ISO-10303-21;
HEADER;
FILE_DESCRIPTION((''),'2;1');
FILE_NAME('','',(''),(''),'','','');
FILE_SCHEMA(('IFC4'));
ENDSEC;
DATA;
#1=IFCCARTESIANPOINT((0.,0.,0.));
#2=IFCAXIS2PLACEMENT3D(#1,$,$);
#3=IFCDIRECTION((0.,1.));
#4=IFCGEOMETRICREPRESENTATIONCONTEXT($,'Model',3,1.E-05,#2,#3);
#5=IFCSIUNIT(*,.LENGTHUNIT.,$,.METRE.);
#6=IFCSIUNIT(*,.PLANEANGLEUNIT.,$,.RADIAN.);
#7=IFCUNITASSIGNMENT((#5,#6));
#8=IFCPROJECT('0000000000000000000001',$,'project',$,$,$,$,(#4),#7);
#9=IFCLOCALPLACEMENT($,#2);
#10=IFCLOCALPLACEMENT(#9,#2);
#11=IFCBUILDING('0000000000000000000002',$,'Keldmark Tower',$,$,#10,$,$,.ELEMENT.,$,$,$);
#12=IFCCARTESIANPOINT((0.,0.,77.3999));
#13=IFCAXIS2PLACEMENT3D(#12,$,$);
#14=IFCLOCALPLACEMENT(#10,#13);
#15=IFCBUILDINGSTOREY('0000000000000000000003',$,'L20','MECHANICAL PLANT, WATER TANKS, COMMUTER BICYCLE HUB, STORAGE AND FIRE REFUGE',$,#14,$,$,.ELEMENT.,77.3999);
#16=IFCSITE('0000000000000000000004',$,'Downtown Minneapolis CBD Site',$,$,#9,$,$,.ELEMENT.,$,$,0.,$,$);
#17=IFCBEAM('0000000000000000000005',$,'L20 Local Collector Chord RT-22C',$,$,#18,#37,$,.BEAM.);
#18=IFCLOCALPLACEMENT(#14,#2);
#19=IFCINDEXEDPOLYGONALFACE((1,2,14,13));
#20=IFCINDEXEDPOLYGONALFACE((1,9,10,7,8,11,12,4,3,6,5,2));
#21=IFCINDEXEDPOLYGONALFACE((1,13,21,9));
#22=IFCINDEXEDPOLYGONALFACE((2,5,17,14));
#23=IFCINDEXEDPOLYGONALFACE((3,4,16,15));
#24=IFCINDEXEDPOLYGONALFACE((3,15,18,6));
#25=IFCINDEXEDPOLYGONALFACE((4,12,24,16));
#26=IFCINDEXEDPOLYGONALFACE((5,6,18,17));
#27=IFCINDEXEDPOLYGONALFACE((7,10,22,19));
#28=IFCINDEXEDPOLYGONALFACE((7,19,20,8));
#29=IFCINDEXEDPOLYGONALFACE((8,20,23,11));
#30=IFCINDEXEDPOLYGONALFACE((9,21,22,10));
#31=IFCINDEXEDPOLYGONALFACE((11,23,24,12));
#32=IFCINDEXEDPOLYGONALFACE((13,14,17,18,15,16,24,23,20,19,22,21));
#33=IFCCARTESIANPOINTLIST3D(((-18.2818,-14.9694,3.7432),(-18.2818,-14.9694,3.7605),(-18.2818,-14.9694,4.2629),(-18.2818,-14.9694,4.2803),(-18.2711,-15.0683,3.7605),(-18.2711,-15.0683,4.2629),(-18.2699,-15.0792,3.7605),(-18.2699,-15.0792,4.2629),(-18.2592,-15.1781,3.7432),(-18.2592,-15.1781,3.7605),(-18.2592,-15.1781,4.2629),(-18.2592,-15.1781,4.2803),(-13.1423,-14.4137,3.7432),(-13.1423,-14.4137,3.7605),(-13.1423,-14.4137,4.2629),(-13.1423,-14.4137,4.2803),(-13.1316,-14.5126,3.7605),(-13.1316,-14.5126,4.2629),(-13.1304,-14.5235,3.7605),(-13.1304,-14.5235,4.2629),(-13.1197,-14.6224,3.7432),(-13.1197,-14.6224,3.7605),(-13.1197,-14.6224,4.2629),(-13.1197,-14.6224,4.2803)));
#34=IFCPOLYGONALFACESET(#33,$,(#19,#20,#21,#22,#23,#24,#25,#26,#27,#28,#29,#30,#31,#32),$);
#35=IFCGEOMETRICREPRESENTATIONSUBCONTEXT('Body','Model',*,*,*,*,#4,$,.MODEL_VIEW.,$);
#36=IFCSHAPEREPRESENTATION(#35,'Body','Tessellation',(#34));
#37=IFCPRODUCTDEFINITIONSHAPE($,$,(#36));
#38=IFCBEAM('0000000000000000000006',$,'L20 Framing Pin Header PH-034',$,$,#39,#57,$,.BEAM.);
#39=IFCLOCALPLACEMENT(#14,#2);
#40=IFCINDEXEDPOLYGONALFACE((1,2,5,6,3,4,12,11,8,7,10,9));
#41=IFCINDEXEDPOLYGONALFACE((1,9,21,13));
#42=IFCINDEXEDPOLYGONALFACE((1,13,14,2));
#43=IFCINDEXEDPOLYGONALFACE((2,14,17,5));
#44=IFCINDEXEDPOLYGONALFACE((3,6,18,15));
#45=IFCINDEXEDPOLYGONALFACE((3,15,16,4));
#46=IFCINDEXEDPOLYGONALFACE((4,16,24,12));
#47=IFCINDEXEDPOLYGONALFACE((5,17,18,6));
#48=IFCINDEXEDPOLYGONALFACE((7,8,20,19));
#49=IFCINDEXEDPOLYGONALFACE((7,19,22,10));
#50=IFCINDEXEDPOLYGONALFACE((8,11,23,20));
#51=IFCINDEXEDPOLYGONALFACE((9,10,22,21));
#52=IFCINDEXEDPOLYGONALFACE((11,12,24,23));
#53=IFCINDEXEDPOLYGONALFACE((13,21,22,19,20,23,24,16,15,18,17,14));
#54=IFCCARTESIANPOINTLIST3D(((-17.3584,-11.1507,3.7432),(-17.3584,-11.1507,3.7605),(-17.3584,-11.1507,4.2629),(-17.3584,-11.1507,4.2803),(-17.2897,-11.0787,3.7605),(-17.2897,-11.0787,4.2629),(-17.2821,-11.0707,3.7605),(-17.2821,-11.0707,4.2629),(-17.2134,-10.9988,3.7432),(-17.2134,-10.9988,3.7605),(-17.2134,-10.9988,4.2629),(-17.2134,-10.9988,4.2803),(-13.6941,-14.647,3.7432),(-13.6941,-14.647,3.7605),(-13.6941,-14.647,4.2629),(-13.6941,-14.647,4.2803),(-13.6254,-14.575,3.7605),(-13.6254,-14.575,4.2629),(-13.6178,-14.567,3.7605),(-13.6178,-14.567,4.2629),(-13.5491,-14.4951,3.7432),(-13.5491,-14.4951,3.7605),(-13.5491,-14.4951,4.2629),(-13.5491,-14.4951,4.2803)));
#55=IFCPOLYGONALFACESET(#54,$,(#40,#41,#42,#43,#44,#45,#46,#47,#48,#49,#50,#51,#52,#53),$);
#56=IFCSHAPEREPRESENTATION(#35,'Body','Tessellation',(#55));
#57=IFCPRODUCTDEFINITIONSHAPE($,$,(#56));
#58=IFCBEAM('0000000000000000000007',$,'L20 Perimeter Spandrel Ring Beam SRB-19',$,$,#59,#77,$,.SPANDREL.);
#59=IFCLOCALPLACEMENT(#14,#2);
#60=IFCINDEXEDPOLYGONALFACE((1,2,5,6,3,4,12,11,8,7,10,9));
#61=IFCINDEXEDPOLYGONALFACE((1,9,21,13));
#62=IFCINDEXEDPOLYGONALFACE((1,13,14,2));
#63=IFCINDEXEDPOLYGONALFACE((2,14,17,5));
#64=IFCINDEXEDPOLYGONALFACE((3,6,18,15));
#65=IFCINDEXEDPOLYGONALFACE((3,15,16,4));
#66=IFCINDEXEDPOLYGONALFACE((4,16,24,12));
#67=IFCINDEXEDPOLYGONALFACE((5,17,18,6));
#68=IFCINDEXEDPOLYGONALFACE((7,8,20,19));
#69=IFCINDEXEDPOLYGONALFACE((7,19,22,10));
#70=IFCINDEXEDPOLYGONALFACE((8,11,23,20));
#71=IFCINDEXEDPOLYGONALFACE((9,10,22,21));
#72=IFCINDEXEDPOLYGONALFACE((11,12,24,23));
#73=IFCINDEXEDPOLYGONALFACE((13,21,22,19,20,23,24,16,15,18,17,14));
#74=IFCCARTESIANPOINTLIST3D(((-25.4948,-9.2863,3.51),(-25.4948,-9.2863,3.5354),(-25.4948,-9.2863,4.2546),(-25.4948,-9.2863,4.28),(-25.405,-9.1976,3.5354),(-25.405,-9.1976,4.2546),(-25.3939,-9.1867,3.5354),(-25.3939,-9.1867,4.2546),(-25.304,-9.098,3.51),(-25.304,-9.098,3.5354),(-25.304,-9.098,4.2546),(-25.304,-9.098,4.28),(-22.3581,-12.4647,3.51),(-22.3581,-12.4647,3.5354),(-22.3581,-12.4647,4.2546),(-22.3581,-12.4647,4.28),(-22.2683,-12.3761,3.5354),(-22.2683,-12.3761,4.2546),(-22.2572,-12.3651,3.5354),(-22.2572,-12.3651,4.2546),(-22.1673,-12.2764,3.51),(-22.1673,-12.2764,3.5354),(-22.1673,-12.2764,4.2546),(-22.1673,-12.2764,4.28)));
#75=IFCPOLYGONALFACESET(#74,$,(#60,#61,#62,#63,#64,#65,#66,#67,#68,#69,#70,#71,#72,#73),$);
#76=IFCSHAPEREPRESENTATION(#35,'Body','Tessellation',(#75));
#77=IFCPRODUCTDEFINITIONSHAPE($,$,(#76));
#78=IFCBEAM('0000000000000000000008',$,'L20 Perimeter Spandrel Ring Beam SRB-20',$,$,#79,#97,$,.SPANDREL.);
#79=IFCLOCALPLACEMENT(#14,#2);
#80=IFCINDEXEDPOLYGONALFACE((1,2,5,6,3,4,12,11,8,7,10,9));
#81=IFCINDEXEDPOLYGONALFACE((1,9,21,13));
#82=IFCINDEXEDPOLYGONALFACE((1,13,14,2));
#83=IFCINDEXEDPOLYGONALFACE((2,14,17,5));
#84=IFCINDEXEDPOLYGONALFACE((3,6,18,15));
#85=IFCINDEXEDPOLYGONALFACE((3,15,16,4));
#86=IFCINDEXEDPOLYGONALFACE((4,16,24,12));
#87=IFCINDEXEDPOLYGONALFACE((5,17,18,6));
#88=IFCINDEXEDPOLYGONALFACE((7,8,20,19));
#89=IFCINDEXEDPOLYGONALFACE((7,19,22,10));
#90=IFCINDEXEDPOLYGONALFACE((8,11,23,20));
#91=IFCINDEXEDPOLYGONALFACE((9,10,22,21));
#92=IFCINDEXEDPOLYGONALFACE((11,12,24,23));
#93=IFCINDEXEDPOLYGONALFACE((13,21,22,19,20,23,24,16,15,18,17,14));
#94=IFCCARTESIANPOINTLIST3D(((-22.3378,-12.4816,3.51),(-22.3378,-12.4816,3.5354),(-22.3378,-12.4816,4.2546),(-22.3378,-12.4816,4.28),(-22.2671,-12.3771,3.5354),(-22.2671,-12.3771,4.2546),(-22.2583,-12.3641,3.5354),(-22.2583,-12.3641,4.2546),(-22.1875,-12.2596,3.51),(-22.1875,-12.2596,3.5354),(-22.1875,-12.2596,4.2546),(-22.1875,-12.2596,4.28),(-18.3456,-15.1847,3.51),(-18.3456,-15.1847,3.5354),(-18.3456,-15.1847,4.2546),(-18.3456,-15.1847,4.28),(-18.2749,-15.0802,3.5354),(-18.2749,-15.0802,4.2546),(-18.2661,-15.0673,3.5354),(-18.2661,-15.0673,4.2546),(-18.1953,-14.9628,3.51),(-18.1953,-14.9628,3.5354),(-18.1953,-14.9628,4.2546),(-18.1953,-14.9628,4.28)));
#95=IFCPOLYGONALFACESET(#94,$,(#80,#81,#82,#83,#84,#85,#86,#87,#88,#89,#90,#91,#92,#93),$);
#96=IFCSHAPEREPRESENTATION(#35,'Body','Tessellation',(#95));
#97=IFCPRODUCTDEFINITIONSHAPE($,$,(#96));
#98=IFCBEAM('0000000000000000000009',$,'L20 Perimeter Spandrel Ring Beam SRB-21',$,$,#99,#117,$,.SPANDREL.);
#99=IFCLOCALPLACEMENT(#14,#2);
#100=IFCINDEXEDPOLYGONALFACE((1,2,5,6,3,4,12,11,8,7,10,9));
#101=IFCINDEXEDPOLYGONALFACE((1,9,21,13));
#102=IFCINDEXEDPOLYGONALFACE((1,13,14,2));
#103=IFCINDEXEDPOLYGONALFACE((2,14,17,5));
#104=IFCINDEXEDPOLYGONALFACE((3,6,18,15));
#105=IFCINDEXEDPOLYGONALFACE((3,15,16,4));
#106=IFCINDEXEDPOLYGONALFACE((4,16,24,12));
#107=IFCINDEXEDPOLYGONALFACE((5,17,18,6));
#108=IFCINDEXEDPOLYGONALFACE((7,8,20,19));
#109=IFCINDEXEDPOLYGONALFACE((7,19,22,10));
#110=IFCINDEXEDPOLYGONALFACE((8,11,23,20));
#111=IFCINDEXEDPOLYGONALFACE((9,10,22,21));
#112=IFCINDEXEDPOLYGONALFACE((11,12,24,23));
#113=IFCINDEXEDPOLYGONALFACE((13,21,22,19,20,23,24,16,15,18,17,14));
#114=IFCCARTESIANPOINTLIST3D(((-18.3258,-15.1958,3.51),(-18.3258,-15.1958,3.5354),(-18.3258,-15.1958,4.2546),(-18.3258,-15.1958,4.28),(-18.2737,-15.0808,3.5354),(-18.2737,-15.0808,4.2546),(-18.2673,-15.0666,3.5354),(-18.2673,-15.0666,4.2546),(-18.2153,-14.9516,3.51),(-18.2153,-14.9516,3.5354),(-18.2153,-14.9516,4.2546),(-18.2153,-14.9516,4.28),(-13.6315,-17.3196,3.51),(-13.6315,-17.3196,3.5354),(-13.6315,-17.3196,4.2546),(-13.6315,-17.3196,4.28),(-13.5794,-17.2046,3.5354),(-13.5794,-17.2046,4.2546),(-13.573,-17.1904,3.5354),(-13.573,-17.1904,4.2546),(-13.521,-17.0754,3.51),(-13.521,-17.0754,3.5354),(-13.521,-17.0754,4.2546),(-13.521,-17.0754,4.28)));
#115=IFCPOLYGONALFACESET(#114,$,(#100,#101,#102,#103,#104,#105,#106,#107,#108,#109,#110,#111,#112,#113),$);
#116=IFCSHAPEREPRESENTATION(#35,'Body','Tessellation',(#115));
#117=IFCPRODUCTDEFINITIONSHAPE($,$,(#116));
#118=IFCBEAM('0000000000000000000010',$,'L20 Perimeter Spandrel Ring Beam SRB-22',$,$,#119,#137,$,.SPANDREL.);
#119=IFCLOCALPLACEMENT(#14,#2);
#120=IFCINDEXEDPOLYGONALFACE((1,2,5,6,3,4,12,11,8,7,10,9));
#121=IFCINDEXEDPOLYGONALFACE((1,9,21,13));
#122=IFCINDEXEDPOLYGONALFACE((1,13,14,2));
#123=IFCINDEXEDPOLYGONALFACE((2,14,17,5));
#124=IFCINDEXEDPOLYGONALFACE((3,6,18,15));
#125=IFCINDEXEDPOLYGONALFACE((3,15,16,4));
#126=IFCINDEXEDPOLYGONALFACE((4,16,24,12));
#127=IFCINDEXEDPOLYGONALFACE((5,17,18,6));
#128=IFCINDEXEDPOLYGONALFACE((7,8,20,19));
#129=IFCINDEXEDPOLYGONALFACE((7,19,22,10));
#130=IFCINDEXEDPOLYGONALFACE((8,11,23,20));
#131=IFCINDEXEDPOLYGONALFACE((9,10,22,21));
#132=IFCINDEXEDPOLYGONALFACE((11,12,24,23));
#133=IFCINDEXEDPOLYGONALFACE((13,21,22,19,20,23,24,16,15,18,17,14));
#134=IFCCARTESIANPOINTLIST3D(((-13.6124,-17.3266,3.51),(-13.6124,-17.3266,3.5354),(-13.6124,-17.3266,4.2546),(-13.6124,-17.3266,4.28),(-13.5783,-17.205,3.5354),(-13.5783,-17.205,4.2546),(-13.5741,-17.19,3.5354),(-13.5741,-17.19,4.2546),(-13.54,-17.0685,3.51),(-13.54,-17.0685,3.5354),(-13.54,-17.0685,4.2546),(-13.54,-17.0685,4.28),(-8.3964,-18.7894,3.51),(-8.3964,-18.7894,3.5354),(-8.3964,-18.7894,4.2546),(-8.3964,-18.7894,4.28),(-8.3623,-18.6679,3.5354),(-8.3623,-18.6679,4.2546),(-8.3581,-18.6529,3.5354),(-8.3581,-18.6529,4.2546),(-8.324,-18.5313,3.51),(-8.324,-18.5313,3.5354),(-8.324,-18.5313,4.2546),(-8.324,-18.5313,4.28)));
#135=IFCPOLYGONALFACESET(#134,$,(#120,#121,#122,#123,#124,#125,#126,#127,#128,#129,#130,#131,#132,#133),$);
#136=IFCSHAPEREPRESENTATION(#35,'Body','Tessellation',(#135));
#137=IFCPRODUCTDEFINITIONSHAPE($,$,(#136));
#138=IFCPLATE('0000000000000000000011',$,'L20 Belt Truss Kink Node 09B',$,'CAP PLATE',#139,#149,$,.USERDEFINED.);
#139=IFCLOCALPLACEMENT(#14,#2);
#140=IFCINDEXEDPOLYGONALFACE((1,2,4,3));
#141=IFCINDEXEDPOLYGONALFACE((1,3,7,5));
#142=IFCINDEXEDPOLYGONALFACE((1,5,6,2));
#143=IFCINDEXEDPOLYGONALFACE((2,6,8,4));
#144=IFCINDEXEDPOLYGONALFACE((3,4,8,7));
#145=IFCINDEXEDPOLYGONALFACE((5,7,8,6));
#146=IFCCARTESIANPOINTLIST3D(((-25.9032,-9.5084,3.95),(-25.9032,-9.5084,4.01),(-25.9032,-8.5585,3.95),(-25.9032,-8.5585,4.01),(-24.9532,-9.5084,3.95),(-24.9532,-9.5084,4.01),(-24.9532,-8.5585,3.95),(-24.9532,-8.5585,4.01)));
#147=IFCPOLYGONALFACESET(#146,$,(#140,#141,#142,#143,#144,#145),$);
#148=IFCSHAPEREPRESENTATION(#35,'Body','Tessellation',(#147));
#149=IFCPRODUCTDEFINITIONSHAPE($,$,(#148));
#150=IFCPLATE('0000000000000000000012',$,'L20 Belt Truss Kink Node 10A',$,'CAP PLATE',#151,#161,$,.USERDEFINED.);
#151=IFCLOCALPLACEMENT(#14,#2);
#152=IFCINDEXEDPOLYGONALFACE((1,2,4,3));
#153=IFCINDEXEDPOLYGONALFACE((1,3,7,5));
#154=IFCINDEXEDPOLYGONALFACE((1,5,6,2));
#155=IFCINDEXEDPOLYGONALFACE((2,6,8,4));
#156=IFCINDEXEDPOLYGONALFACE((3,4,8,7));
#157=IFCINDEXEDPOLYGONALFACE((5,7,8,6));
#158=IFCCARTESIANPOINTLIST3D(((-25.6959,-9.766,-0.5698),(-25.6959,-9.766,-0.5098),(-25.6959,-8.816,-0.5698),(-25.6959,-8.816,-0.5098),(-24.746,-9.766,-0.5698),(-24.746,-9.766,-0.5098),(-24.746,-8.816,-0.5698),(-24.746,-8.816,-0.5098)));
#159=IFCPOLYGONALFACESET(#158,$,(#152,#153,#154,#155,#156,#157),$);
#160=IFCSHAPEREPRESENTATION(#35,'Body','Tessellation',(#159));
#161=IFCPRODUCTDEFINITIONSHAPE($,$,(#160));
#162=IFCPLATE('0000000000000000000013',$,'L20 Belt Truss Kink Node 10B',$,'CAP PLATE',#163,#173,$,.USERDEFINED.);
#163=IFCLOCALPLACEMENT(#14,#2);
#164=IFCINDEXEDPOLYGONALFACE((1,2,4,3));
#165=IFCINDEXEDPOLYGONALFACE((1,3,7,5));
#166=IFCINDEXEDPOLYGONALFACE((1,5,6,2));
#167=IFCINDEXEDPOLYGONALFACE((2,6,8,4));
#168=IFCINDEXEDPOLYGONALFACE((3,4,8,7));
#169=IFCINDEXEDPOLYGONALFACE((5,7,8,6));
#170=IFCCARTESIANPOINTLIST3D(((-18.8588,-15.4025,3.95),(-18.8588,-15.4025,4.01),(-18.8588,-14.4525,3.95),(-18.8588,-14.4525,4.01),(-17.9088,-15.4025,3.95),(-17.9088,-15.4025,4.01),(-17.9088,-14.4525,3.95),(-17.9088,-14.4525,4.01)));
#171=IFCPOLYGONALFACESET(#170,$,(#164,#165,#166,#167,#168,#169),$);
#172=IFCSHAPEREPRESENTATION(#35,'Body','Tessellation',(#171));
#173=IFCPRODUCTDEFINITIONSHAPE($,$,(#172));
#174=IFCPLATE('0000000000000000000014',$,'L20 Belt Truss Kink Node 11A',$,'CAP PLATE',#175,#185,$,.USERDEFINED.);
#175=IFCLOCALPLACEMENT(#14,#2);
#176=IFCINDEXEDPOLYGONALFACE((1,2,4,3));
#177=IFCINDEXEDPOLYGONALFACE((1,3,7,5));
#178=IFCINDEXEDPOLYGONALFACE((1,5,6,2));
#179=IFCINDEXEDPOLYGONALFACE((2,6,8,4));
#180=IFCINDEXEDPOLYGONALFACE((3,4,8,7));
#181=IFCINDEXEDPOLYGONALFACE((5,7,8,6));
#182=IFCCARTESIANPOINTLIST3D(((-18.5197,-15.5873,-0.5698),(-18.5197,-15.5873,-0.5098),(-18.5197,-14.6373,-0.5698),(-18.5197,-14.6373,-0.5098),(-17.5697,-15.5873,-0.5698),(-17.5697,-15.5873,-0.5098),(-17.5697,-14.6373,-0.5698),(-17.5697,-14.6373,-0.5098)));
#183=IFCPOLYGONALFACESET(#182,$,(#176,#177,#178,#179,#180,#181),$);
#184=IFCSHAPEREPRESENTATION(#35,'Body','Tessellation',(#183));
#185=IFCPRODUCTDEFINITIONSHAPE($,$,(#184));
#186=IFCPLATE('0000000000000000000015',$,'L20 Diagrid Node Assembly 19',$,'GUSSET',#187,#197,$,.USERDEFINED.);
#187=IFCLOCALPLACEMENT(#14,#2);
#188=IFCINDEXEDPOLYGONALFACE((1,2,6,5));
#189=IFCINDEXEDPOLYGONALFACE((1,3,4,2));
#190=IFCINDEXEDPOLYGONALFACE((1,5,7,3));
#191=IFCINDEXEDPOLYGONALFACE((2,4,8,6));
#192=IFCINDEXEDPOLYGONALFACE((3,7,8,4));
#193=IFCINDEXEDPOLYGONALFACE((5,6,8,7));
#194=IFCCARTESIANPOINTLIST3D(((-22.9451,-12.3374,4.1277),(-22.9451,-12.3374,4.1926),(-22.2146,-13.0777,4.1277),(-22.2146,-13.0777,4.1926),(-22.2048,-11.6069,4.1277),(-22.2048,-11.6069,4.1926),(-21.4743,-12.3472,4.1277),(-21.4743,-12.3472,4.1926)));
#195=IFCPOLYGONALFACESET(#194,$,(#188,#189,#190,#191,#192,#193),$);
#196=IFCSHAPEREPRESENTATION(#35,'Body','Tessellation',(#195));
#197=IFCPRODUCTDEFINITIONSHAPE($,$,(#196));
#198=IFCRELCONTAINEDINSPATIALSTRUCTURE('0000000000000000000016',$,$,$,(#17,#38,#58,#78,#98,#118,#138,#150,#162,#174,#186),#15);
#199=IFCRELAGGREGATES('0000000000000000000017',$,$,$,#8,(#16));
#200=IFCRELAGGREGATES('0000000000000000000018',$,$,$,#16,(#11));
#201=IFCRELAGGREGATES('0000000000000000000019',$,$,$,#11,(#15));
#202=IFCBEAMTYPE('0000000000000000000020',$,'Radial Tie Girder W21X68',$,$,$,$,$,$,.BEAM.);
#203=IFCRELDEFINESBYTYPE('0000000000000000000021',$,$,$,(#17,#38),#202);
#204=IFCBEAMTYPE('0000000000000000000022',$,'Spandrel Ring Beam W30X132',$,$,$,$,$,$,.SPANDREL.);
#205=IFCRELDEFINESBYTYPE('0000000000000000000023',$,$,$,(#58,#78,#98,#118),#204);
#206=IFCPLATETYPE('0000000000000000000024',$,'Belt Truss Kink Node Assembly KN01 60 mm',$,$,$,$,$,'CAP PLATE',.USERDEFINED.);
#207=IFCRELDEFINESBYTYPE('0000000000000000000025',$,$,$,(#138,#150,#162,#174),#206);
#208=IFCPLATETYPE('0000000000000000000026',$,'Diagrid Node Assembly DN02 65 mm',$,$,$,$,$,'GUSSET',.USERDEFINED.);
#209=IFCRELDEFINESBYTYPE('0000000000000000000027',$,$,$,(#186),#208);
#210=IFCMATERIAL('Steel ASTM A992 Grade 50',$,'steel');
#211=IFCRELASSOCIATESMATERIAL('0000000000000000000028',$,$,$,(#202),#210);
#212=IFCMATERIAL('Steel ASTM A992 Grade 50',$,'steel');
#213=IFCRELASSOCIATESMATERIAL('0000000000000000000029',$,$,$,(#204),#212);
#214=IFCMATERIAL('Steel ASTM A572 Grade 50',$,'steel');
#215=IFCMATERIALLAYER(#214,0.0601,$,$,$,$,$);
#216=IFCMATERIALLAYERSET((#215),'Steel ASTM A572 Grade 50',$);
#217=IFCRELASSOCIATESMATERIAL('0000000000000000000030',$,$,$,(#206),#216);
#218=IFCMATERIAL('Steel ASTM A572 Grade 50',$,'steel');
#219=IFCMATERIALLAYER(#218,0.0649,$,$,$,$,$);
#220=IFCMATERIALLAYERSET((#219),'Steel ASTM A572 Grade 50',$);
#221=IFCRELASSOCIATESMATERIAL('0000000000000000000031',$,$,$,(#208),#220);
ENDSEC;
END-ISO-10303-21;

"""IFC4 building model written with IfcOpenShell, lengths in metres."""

from ifc_helpers import new_model, si_unit, direction, frame, origin, origin_2d, place, context, subcontext, project, spatial, rectangle, i_section, extrude, material, layer, layer_set, material_profile, profile_set, type_object, element, save


model = new_model("IFC4")

# Units and contexts
model_context = context("Model", 3, precision=1e-05, world=origin(), true_north=direction((0.0, 1.0)))
body_context = subcontext(model_context, "Body", "Model", "MODEL_VIEW")
ifc_project = project(units=[si_unit("LENGTHUNIT", "METRE"), si_unit("PLANEANGLEUNIT", "RADIAN")], contexts=[model_context])

# Site, building, storey
site_placement = place(None, origin())
site = spatial("IfcSite", under=ifc_project, at=site_placement, Name="Downtown Minneapolis CBD Site", CompositionType="ELEMENT", RefElevation=0.0)
building_placement = place(site_placement, origin())
building = spatial("IfcBuilding", under=site, at=building_placement, Name="Keldmark Tower", CompositionType="ELEMENT")
storey_placement = place(building_placement, frame((0.0, 0.0, 77.3999)))
storey = spatial("IfcBuildingStorey", under=building, at=storey_placement, Name="L20", Description="MECHANICAL PLANT, WATER TANKS, COMMUTER BICYCLE HUB, STORAGE AND FIRE REFUGE", CompositionType="ELEMENT", Elevation=77.3999)

# Beams
ifc_material_1 = material(Name="Steel ASTM A992 Grade 50", Category="steel")
ifc_material_profile_1 = material_profile(ifc_material_1, i_section(OverallWidth=0.21, OverallDepth=0.5371, WebThickness=0.011, FlangeThickness=0.0173, at=origin_2d()), Name="W21X68")
ifc_profile_set_1 = profile_set([ifc_material_profile_1], Name="Steel ASTM A992 Grade 50")
beam_type_1 = type_object("IfcBeamType", Name="Radial Tie Girder W21X68", PredefinedType="BEAM", material=ifc_profile_set_1)
beam_1_placement = place(storey_placement, frame((-18.2705, -15.0737, 4.0117), z_axis=(0.994206, 0.107492, 0.0), x_axis=(-0.107492, 0.994206, 0.0)))
element("IfcBeam", 1, at=beam_1_placement, inside=storey, type_object=beam_type_1, Name="L20 Local Collector Chord RT-22C", PredefinedType="BEAM", context=body_context, shape_type="SweptSolid", body=[
    extrude(i_section(OverallWidth=0.21, OverallDepth=0.5371, WebThickness=0.011, FlangeThickness=0.0173, at=origin_2d()), origin(), (0.0, 0.0, 1.0), 5.1694),
])
beam_2_placement = place(storey_placement, frame((-17.2859, -11.0747, 4.0117), z_axis=(0.723495, -0.69033, 0.0), x_axis=(0.69033, 0.723495, 0.0)))
element("IfcBeam", 2, at=beam_2_placement, inside=storey, type_object=beam_type_1, Name="L20 Framing Pin Header PH-034", PredefinedType="BEAM", context=body_context, shape_type="SweptSolid", body=[
    extrude(i_section(OverallWidth=0.21, OverallDepth=0.5371, WebThickness=0.011, FlangeThickness=0.0173, at=origin_2d()), origin(), (0.0, 0.0, 1.0), 5.0647),
])
ifc_material_2 = material(Name="Steel ASTM A992 Grade 50", Category="steel")
ifc_material_profile_2 = material_profile(ifc_material_2, i_section(OverallWidth=0.2681, OverallDepth=0.77, WebThickness=0.0156, FlangeThickness=0.0254, at=origin_2d()), Name="W30X132")
ifc_profile_set_2 = profile_set([ifc_material_profile_2], Name="Steel ASTM A992 Grade 50")
beam_type_2 = type_object("IfcBeamType", Name="Spandrel Ring Beam W30X132", PredefinedType="SPANDREL", material=ifc_profile_set_2)
beam_3_placement = place(storey_placement, frame((-25.3994, -9.1921, 3.895), z_axis=(0.702417, -0.711766, 0.0), x_axis=(0.711766, 0.702417, 0.0)))
element("IfcBeam", 3, at=beam_3_placement, inside=storey, type_object=beam_type_2, Name="L20 Perimeter Spandrel Ring Beam SRB-19", PredefinedType="SPANDREL", context=body_context, shape_type="SweptSolid", body=[
    extrude(i_section(OverallWidth=0.2681, OverallDepth=0.77, WebThickness=0.0156, FlangeThickness=0.0254, at=origin_2d()), origin(), (0.0, 0.0, 1.0), 4.4656),
])
beam_4_placement = place(storey_placement, frame((-22.2627, -12.3706, 3.895), z_axis=(0.82804, -0.560669, 0.0), x_axis=(0.560669, 0.82804, 0.0)))
element("IfcBeam", 4, at=beam_4_placement, inside=storey, type_object=beam_type_2, Name="L20 Perimeter Spandrel Ring Beam SRB-20", PredefinedType="SPANDREL", context=body_context, shape_type="SweptSolid", body=[
    extrude(i_section(OverallWidth=0.2681, OverallDepth=0.77, WebThickness=0.0156, FlangeThickness=0.0254, at=origin_2d()), origin(), (0.0, 0.0, 1.0), 4.8213),
])
beam_5_placement = place(storey_placement, frame((-18.2705, -15.0737, 3.895), z_axis=(0.911097, -0.412192, 0.0), x_axis=(0.412192, 0.911097, 0.0)))
element("IfcBeam", 5, at=beam_5_placement, inside=storey, type_object=beam_type_2, Name="L20 Perimeter Spandrel Ring Beam SRB-21", PredefinedType="SPANDREL", context=body_context, shape_type="SweptSolid", body=[
    extrude(i_section(OverallWidth=0.2681, OverallDepth=0.77, WebThickness=0.0156, FlangeThickness=0.0254, at=origin_2d()), origin(), (0.0, 0.0, 1.0), 5.1523),
])
beam_6_placement = place(storey_placement, frame((-13.5762, -17.1975, 3.895), z_axis=(0.962849, -0.270039, 0.0), x_axis=(0.270039, 0.962849, 0.0)))
element("IfcBeam", 6, at=beam_6_placement, inside=storey, type_object=beam_type_2, Name="L20 Perimeter Spandrel Ring Beam SRB-22", PredefinedType="SPANDREL", context=body_context, shape_type="SweptSolid", body=[
    extrude(i_section(OverallWidth=0.2681, OverallDepth=0.77, WebThickness=0.0156, FlangeThickness=0.0254, at=origin_2d()), origin(), (0.0, 0.0, 1.0), 5.4172),
])

# Plates
ifc_material_3 = material(Name="Steel ASTM A572 Grade 50", Category="steel")
ifc_layer_1 = layer(ifc_material_3, 0.0601)
ifc_layer_set_1 = layer_set([ifc_layer_1], Name="Steel ASTM A572 Grade 50")
plate_type_1 = type_object("IfcPlateType", Name="Belt Truss Kink Node Assembly KN01 60 mm", ElementType="CAP PLATE", PredefinedType="USERDEFINED", material=ifc_layer_set_1)
for number, where, z_axis, x_axis, name in (
    (7, (-25.4282, -9.0334, 3.95), (0.0, 0.0, 1.0), (1.0, 0.0, 0.0), "L20 Belt Truss Kink Node 09B"),
    (8, (-25.2209, -9.291, -0.5698), (0.0, 0.0, 1.0), (1.0, 0.0, 0.0), "L20 Belt Truss Kink Node 10A"),
    (9, (-18.3838, -14.9275, 3.95), (0.0, 0.0, 1.0), (1.0, 0.0, 0.0), "L20 Belt Truss Kink Node 10B"),
    (10, (-18.0447, -15.1123, -0.5698), (0.0, 0.0, 1.0), (1.0, 0.0, 0.0), "L20 Belt Truss Kink Node 11A"),
):
    element("IfcPlate", number, at=place(storey_placement, frame(where, z_axis=z_axis, x_axis=x_axis)), inside=storey, type_object=plate_type_1, Name=name, ObjectType="CAP PLATE", PredefinedType="USERDEFINED", context=body_context, shape_type="SweptSolid", body=[
        extrude(rectangle(XDim=0.95, YDim=0.95, at=origin_2d()), origin(), (0.0, 0.0, 1.0), 0.0601),
    ])
ifc_material_4 = material(Name="Steel ASTM A572 Grade 50", Category="steel")
ifc_layer_2 = layer(ifc_material_4, 0.0649)
ifc_layer_set_2 = layer_set([ifc_layer_2], Name="Steel ASTM A572 Grade 50")
plate_type_2 = type_object("IfcPlateType", Name="Diagrid Node Assembly DN02 65 mm", ElementType="GUSSET", PredefinedType="USERDEFINED", material=ifc_layer_set_2)
plate_placement = place(storey_placement, frame((-22.2097, -12.3423, 4.1277), z_axis=(0.0, 0.0, 1.0), x_axis=(0.702402, -0.711781, 0.0)))
element("IfcPlate", 11, at=plate_placement, inside=storey, type_object=plate_type_2, Name="L20 Diagrid Node Assembly 19", ObjectType="GUSSET", PredefinedType="USERDEFINED", context=body_context, shape_type="SweptSolid", body=[
    extrude(rectangle(XDim=1.04, YDim=1.04, at=origin_2d()), origin(), (0.0, 0.0, 1.0), 0.0649),
])

save(model, "model.ifc")
